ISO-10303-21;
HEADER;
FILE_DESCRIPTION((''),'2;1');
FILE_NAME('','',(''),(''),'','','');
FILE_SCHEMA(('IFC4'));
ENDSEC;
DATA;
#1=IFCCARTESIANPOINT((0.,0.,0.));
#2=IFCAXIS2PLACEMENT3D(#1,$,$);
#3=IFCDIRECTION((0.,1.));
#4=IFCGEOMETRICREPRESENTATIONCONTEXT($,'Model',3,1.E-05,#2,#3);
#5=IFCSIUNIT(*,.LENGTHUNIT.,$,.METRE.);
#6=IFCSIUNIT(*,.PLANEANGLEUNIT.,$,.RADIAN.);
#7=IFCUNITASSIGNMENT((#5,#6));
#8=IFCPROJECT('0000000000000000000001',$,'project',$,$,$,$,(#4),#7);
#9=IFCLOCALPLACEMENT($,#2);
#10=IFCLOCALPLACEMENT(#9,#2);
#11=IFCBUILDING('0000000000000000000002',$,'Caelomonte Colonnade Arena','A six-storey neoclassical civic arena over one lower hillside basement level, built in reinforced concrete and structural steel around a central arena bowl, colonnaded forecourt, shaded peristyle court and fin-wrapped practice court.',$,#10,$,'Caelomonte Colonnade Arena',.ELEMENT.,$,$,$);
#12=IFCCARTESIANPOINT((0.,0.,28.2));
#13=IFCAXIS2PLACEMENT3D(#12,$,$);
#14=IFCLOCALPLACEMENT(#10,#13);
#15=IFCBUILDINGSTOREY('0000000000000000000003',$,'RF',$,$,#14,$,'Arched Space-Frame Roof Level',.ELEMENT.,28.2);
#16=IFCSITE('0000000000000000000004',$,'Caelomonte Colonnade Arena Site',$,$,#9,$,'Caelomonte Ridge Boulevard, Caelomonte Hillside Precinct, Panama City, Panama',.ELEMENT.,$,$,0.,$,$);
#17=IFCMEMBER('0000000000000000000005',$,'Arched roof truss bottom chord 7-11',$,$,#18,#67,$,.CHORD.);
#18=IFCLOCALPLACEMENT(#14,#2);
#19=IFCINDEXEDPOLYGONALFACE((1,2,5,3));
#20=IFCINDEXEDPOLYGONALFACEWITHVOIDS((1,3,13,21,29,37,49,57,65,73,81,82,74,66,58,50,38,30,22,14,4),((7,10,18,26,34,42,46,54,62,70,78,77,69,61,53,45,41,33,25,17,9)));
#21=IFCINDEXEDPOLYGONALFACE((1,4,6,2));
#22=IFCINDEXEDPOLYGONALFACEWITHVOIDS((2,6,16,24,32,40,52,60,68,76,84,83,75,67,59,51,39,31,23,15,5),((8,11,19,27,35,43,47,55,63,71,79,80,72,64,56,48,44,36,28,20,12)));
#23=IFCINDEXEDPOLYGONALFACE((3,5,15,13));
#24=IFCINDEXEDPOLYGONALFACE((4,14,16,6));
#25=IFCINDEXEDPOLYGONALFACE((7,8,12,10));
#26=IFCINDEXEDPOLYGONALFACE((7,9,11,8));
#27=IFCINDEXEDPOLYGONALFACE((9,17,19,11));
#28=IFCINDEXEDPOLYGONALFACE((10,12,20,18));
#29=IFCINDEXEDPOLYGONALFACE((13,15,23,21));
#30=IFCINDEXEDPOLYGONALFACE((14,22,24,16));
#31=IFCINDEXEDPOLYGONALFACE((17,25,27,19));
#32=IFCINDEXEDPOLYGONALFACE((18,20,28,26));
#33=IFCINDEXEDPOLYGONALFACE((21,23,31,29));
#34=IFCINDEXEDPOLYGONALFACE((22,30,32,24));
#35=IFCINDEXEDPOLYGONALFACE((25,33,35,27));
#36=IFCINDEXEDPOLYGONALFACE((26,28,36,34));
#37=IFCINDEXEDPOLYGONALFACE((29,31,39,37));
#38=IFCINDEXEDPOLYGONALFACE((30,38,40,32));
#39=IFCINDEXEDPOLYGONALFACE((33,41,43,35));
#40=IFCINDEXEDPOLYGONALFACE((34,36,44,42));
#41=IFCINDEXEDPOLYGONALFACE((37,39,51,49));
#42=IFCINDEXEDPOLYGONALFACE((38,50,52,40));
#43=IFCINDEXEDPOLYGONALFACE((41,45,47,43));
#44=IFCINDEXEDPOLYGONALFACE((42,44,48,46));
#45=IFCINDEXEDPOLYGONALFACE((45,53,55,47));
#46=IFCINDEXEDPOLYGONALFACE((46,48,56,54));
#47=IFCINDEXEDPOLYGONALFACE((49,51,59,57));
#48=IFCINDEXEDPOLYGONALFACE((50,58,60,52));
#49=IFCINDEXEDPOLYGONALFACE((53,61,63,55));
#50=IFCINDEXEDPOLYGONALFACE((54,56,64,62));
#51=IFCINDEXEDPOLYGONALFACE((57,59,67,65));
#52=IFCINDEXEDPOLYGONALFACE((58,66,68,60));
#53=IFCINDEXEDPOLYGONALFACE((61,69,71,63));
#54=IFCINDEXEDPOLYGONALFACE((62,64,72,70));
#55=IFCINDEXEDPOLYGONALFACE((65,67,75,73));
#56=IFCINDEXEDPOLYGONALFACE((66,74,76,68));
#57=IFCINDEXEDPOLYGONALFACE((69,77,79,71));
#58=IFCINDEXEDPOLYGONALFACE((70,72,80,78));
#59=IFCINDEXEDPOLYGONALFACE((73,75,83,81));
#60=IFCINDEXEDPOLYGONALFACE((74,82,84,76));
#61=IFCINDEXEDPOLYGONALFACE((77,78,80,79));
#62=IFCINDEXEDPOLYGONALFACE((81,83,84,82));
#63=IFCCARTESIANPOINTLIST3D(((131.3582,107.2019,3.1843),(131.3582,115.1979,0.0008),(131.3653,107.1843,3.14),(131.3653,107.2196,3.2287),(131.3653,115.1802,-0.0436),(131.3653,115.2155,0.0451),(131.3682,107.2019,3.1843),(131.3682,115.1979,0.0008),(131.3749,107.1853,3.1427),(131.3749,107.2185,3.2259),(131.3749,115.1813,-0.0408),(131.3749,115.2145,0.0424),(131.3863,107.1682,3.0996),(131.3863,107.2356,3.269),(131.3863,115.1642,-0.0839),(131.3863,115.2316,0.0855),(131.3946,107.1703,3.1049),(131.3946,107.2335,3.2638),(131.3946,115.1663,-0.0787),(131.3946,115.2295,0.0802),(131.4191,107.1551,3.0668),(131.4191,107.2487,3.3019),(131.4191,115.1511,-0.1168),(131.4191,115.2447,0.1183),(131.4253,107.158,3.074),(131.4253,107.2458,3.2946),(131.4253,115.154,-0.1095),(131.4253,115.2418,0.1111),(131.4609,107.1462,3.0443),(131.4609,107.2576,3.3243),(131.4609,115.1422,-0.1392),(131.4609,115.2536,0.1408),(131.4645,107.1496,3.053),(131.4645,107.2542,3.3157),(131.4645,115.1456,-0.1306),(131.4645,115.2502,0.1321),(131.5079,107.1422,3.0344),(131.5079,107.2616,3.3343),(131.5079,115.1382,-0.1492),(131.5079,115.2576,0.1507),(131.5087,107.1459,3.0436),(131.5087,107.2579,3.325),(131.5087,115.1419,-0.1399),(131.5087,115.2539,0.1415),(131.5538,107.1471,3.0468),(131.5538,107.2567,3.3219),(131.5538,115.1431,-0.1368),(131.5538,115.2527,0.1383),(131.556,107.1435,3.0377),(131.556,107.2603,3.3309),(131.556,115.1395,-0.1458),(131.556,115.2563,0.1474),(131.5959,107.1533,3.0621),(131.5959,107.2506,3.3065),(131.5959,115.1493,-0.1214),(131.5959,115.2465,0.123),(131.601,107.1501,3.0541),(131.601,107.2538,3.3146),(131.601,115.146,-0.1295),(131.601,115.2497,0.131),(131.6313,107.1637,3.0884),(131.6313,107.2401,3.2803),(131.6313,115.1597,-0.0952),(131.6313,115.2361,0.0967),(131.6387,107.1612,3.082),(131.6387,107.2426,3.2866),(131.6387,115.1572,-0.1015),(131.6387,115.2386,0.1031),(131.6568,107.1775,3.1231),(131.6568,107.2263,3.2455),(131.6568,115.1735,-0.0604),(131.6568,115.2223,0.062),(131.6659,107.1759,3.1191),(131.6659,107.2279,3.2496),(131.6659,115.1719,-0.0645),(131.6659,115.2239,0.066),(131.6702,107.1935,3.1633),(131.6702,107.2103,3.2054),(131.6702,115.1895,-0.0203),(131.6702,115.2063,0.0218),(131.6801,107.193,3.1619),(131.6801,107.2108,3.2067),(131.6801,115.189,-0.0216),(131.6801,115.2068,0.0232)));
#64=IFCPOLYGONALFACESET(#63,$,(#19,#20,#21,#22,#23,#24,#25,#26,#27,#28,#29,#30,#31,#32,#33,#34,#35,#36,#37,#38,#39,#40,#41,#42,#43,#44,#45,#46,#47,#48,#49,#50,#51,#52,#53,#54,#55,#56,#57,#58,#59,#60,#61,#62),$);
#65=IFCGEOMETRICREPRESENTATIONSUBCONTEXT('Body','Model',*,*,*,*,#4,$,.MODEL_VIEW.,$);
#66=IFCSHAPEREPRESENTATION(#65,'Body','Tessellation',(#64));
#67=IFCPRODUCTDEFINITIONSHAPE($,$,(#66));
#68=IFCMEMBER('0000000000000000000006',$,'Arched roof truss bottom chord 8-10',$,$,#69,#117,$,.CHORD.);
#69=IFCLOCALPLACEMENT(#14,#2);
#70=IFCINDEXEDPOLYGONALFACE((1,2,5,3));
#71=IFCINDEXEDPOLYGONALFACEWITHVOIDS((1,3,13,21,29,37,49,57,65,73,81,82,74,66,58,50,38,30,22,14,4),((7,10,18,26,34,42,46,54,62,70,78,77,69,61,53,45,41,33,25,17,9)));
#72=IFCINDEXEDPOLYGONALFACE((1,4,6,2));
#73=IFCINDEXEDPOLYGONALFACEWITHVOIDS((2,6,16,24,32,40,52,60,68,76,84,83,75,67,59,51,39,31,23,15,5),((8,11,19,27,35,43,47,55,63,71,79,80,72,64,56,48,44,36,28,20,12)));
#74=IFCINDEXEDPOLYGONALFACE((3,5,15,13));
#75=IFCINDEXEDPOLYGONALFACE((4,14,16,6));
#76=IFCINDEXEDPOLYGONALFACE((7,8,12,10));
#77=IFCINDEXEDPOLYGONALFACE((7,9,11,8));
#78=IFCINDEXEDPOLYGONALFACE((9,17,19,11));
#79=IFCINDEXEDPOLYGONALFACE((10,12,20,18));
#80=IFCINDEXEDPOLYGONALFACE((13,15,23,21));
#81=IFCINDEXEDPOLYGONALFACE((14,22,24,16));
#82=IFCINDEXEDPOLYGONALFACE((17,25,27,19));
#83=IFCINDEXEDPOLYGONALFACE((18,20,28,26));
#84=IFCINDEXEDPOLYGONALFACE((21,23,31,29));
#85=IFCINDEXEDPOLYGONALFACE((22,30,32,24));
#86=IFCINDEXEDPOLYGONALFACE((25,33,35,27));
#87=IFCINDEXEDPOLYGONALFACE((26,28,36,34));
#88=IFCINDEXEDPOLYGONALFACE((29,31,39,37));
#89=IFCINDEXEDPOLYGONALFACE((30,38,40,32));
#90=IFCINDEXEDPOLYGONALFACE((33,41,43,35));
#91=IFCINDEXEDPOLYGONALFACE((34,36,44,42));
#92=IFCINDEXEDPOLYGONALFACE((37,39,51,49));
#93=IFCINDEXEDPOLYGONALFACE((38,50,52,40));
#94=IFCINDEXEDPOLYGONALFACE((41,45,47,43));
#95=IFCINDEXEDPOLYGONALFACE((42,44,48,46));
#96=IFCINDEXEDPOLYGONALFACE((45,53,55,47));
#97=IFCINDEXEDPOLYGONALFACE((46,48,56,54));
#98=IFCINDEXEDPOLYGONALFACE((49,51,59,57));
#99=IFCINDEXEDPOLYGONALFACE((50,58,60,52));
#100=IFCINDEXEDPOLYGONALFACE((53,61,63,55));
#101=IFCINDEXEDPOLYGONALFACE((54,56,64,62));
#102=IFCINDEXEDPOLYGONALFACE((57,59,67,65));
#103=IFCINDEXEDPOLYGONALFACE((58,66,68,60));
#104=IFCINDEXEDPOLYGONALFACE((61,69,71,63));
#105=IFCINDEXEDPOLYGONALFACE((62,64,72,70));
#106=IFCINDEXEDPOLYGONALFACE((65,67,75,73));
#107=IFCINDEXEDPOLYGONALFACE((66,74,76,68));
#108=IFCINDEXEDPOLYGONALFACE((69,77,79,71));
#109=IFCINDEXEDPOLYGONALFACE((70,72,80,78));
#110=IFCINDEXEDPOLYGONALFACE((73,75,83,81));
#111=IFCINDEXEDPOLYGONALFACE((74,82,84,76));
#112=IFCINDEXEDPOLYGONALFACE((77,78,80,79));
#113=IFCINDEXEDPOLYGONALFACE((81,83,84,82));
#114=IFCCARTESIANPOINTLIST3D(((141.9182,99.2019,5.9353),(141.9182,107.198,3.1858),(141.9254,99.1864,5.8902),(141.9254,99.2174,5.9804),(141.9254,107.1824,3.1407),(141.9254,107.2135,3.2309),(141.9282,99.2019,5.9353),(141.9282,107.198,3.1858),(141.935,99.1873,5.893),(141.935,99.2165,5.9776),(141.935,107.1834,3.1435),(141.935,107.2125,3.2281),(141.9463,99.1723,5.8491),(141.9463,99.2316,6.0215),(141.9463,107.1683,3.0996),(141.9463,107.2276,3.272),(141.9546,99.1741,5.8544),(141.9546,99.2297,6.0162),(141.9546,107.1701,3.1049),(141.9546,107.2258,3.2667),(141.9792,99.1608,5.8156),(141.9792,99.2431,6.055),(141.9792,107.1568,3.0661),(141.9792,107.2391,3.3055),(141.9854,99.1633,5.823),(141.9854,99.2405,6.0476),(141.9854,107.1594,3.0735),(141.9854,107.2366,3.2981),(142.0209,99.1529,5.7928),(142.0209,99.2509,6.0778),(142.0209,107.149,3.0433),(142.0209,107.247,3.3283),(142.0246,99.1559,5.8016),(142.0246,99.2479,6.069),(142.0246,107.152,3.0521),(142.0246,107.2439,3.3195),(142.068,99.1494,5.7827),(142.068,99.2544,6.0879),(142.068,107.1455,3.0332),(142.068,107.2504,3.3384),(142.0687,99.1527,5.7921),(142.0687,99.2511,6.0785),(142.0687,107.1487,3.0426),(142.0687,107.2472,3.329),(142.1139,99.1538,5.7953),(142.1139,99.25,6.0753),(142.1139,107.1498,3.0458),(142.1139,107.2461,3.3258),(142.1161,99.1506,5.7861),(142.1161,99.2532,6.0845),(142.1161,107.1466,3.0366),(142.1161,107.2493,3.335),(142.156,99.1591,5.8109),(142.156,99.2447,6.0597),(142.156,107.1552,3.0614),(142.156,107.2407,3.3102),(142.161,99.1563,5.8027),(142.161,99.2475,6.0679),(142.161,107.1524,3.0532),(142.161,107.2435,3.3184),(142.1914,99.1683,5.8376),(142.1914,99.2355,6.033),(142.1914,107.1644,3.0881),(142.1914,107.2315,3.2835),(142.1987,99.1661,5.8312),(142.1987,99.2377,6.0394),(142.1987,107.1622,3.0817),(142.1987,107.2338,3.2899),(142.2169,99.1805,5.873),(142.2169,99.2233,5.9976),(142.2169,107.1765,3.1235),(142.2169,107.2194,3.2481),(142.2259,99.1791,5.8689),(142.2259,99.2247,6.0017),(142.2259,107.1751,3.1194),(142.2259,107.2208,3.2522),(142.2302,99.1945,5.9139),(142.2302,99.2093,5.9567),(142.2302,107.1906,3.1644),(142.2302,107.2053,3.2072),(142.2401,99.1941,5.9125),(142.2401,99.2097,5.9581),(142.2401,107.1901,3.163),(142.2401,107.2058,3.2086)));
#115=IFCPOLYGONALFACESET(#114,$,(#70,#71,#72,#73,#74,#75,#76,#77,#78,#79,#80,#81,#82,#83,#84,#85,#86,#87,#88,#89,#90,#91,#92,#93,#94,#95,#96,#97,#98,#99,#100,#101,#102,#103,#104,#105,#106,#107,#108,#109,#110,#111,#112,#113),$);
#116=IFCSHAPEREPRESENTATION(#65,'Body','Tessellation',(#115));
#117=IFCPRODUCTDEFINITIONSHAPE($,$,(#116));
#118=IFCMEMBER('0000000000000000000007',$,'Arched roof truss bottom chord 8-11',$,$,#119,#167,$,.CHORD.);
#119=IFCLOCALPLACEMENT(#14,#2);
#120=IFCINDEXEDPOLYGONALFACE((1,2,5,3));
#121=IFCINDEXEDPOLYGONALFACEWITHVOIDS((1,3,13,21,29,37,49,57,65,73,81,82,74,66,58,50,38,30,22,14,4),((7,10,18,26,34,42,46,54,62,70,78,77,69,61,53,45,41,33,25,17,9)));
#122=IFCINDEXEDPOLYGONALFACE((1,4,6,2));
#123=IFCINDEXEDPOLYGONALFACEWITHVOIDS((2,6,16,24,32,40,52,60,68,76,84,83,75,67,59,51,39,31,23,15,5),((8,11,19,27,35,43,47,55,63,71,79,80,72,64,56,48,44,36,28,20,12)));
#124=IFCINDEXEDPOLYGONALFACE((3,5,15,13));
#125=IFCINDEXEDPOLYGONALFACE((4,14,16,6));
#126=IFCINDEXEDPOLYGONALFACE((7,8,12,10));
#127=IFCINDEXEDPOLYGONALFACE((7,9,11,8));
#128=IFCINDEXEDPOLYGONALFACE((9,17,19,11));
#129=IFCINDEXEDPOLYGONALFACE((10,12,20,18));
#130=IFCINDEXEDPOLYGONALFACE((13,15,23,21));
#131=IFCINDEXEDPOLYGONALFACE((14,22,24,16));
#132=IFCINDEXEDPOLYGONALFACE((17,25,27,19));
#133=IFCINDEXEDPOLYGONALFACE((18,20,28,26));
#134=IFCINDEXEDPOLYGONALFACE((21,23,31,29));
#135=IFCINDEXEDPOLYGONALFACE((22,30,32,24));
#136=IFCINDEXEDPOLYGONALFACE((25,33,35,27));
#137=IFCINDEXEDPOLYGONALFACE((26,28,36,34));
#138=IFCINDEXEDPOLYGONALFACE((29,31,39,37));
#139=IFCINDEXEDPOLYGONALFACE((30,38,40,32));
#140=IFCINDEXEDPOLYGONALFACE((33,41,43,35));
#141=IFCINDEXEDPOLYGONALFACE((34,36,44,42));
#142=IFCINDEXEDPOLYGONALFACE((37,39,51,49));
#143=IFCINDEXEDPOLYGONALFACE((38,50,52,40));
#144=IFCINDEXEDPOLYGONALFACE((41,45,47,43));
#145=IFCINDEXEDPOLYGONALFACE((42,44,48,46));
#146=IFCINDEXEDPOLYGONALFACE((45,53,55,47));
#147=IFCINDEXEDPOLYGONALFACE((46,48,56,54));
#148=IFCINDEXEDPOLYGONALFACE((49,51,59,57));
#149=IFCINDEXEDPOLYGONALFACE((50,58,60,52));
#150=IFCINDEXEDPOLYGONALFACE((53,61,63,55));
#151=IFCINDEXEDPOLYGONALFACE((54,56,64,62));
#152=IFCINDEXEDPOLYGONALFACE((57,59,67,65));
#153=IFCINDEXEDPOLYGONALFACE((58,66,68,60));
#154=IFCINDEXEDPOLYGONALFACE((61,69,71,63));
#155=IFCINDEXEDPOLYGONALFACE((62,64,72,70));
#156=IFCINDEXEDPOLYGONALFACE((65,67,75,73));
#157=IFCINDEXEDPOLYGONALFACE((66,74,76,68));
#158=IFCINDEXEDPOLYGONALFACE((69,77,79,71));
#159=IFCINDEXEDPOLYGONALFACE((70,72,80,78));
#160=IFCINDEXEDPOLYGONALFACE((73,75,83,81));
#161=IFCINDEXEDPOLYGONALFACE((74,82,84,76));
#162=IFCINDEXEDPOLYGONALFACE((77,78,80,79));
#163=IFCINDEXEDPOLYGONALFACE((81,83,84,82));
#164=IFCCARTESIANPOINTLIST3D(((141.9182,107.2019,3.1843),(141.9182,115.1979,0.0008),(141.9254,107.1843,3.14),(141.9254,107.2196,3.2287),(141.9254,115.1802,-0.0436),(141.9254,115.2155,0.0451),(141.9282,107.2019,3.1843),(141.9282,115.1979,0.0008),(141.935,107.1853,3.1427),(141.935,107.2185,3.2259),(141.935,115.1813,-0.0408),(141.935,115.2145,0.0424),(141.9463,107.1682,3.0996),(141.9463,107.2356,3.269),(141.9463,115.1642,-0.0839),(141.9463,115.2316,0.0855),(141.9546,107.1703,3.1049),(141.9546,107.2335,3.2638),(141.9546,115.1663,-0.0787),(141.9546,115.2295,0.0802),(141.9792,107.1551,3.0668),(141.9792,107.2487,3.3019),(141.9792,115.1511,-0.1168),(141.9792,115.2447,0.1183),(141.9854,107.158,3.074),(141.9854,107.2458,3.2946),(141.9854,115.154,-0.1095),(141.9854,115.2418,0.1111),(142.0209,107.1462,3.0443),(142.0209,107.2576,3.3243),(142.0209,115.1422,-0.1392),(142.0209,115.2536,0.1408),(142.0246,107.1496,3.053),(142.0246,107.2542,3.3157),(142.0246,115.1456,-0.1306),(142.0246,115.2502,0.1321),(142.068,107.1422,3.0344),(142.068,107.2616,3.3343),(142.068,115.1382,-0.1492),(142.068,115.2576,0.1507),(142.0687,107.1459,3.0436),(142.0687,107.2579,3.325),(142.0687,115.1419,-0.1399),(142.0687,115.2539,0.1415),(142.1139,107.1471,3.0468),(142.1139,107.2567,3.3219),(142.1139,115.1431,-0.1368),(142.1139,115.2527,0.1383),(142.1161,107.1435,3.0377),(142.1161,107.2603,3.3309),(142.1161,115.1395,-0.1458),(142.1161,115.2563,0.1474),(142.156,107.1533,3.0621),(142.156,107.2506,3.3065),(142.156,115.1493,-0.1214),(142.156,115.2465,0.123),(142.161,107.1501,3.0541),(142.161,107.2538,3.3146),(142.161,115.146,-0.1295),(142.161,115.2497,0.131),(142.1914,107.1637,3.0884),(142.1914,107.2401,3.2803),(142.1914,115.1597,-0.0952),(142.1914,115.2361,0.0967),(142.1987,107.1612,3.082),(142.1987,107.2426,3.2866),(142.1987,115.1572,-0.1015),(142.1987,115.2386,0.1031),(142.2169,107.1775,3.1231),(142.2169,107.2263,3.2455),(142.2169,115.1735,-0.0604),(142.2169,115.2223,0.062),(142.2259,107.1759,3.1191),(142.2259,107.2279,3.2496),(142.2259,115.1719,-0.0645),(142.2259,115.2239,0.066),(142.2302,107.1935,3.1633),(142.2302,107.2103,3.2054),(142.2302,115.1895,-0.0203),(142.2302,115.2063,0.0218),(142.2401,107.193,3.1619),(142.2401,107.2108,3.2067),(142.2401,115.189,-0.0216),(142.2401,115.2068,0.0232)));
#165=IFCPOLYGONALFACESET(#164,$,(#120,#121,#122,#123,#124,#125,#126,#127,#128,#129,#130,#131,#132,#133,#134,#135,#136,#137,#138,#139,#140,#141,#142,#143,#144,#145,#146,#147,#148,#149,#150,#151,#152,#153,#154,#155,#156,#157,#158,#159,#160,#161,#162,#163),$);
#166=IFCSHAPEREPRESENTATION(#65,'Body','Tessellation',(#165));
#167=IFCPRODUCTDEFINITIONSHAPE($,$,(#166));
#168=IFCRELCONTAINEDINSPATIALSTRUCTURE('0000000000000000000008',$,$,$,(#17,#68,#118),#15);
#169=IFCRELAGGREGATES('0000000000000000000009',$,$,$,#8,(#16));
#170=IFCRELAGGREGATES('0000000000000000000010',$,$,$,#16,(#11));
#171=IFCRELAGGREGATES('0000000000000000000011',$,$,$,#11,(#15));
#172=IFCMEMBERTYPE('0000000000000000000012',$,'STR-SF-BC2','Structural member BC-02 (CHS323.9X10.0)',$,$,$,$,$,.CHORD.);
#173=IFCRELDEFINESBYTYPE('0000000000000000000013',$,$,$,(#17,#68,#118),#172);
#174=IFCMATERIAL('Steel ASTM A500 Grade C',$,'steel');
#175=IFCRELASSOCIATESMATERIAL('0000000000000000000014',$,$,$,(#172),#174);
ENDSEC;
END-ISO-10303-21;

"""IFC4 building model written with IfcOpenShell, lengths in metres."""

from ifc_helpers import new_model, si_unit, direction, frame, origin, origin_2d, place, context, subcontext, project, spatial, hollow_circle, extrude, material, material_profile, profile_set, type_object, element, save


model = new_model("IFC4")

# Units and contexts
model_context = context("Model", 3, precision=1e-05, world=origin(), true_north=direction((0.0, 1.0)))
body_context = subcontext(model_context, "Body", "Model", "MODEL_VIEW")
ifc_project = project(units=[si_unit("LENGTHUNIT", "METRE"), si_unit("PLANEANGLEUNIT", "RADIAN")], contexts=[model_context])

# Site, building, storey
site_placement = place(None, origin())
site = spatial("IfcSite", under=ifc_project, at=site_placement, Name="Caelomonte Colonnade Arena Site", LongName="Caelomonte Ridge Boulevard, Caelomonte Hillside Precinct, Panama City, Panama", CompositionType="ELEMENT", RefElevation=0.0)
building_placement = place(site_placement, origin())
building = spatial("IfcBuilding", under=site, at=building_placement, Name="Caelomonte Colonnade Arena", Description="A six-storey neoclassical civic arena over one lower hillside basement level, built in reinforced concrete and structural steel around a central arena bowl, colonnaded forecourt, shaded peristyle court and fin-wrapped practice court.", LongName="Caelomonte Colonnade Arena", CompositionType="ELEMENT")
storey_placement = place(building_placement, frame((0.0, 0.0, 28.2)))
storey = spatial("IfcBuildingStorey", under=building, at=storey_placement, Name="RF", LongName="Arched Space-Frame Roof Level", CompositionType="ELEMENT", Elevation=28.2)

# Members
ifc_material_1 = material(Name="Steel ASTM A500 Grade C", Category="steel")
ifc_material_profile_1 = material_profile(ifc_material_1, hollow_circle(Radius=0.1619, WallThickness=0.01, at=origin_2d()), Name="CHS323.9X10.0")
ifc_profile_set_1 = profile_set([ifc_material_profile_1], Name="Steel ASTM A500 Grade C")
member_type_1 = type_object("IfcMemberType", Name="STR-SF-BC2", Description="Structural member BC-02 (CHS323.9X10.0)", PredefinedType="CHORD", material=ifc_profile_set_1)
for number, where, z_axis, x_axis, name in (
    (1, (131.52, 107.2019, 3.1843), (0.0, 0.92907, -0.369903), (-1.0, 0.0, 0.0), "Arched roof truss bottom chord 7-11"),
):
    element("IfcMember", number, at=place(storey_placement, frame(where, z_axis=z_axis, x_axis=x_axis)), inside=storey, type_object=member_type_1, Name=name, PredefinedType="CHORD", context=body_context, shape_type="SweptSolid", body=[
        extrude(hollow_circle(Radius=0.1619, WallThickness=0.01, at=origin_2d()), origin(), (0.0, 0.0, 1.0), 8.6064),
    ])
member_1_placement = place(storey_placement, frame((142.0801, 99.2019, 5.9353), z_axis=(0.0, 0.945656, -0.32517), x_axis=(-1.0, 0.0, 0.0)))
element("IfcMember", 2, at=member_1_placement, inside=storey, type_object=member_type_1, Name="Arched roof truss bottom chord 8-10", PredefinedType="CHORD", context=body_context, shape_type="SweptSolid", body=[
    extrude(hollow_circle(Radius=0.1619, WallThickness=0.01, at=origin_2d()), origin(), (0.0, 0.0, 1.0), 8.4556),
])
member_2_placement = place(storey_placement, frame((142.0801, 107.2019, 3.1843), z_axis=(0.0, 0.92907, -0.369903), x_axis=(-1.0, 0.0, 0.0)))
element("IfcMember", 3, at=member_2_placement, inside=storey, type_object=member_type_1, Name="Arched roof truss bottom chord 8-11", PredefinedType="CHORD", context=body_context, shape_type="SweptSolid", body=[
    extrude(hollow_circle(Radius=0.1619, WallThickness=0.01, at=origin_2d()), origin(), (0.0, 0.0, 1.0), 8.6064),
])

save(model, "model.ifc")
